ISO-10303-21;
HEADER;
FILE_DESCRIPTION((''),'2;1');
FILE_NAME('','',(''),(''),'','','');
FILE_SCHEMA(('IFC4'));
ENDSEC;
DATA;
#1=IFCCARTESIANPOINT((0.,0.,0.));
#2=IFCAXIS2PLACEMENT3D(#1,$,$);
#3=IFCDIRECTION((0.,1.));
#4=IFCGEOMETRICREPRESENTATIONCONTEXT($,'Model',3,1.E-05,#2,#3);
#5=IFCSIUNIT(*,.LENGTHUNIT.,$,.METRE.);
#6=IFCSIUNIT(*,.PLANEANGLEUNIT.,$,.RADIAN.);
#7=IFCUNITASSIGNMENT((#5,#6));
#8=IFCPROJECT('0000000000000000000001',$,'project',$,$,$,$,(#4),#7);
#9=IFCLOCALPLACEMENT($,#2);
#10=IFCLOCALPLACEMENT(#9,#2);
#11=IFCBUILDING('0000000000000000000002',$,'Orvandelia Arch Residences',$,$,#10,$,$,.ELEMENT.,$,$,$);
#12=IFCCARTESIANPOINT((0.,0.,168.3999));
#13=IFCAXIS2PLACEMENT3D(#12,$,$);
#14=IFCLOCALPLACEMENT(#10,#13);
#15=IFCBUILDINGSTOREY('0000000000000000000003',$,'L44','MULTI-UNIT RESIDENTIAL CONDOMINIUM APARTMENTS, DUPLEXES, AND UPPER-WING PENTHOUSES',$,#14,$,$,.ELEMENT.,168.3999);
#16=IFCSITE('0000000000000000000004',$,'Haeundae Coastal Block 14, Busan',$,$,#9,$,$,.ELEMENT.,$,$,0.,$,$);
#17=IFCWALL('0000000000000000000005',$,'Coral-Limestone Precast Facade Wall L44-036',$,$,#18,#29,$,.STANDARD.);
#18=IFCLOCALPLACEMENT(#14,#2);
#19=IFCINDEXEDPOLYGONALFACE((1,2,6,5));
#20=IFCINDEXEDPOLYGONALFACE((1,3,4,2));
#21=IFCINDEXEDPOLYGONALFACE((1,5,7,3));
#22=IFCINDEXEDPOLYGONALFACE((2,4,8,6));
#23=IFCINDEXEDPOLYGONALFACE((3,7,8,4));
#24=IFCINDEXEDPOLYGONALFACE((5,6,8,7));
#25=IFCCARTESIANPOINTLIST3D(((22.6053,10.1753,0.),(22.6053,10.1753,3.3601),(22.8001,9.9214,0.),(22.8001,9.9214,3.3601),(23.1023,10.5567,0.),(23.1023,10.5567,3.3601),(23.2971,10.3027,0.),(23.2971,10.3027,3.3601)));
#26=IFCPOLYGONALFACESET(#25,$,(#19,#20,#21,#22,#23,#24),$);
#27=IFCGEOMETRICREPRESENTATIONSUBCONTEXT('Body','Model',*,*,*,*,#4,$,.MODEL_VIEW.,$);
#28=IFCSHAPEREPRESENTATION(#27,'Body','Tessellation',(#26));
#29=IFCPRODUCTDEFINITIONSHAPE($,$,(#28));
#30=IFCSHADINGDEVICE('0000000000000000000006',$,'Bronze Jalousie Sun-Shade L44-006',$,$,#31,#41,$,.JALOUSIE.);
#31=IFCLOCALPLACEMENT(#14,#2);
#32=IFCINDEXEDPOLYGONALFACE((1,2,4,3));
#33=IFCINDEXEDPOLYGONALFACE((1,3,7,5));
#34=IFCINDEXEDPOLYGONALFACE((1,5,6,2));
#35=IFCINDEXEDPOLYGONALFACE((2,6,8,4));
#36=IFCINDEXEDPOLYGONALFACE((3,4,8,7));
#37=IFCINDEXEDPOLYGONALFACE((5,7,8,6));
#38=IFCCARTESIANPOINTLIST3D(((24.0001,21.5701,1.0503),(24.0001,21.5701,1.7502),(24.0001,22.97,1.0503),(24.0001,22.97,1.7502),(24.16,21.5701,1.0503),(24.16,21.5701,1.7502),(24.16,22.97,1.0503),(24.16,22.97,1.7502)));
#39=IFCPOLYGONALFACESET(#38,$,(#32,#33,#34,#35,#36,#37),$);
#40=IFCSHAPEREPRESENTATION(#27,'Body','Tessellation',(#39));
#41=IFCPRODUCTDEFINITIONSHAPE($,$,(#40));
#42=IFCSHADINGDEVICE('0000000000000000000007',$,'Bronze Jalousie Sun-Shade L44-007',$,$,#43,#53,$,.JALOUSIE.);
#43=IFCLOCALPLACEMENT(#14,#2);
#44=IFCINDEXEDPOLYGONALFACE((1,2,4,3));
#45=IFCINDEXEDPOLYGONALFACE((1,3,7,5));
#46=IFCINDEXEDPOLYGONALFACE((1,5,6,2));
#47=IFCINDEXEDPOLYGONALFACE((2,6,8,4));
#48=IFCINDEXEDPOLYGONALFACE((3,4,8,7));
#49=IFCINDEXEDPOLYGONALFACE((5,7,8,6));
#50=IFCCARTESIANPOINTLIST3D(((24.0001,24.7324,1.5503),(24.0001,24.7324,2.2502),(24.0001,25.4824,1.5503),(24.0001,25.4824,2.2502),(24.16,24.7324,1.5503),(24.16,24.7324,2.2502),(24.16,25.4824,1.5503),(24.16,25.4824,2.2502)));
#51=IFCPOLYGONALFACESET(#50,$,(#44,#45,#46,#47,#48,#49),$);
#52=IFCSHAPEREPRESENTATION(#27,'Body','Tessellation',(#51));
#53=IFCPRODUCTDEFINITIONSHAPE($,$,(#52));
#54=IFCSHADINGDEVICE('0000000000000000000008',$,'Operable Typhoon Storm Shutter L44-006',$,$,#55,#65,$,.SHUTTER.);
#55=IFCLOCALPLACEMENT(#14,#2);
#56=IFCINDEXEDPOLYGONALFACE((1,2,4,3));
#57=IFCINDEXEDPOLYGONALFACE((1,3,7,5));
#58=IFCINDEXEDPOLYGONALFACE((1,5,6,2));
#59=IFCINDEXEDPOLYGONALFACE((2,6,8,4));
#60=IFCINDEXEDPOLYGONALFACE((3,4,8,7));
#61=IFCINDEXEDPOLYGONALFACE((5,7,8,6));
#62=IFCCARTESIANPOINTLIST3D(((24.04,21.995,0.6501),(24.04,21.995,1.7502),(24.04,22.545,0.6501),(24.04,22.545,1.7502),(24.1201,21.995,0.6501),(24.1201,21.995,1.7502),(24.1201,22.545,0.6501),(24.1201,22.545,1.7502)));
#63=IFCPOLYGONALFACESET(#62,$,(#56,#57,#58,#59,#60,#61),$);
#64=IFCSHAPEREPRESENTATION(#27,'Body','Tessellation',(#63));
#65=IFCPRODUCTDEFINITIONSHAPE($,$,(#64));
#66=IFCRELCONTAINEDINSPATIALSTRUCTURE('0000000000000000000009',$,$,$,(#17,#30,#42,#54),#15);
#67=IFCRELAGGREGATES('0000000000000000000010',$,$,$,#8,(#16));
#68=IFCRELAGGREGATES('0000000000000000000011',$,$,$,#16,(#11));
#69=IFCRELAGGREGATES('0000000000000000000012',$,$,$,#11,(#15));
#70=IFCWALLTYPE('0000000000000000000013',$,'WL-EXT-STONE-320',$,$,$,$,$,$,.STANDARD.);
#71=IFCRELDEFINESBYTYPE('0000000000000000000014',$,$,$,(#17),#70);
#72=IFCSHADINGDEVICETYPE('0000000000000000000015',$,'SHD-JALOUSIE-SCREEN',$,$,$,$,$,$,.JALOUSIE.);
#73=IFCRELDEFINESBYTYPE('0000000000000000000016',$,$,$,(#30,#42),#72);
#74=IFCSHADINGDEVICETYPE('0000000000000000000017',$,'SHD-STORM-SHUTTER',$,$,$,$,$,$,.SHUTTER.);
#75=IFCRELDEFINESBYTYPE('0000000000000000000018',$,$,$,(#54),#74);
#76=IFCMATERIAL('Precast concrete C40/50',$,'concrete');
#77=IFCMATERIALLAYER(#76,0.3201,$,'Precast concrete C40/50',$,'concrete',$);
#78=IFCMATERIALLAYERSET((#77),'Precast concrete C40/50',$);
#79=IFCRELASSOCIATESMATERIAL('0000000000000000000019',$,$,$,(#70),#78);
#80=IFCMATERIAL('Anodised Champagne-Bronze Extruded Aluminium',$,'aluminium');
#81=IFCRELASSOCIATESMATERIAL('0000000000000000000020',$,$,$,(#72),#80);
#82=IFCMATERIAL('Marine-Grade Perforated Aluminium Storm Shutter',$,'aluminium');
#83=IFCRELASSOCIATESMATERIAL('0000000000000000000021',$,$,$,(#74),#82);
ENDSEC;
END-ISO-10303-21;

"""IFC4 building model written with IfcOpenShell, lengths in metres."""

from ifc_helpers import new_model, si_unit, direction, frame, frame_2d, origin, origin_2d, place, context, subcontext, project, spatial, rectangle, extrude, material, layer, layer_set, type_object, element, save


model = new_model("IFC4")

# Units and contexts
model_context = context("Model", 3, precision=1e-05, world=origin(), true_north=direction((0.0, 1.0)))
body_context = subcontext(model_context, "Body", "Model", "MODEL_VIEW")
ifc_project = project(units=[si_unit("LENGTHUNIT", "METRE"), si_unit("PLANEANGLEUNIT", "RADIAN")], contexts=[model_context])

# Site, building, storey
site_placement = place(None, origin())
site = spatial("IfcSite", under=ifc_project, at=site_placement, Name="Haeundae Coastal Block 14, Busan", CompositionType="ELEMENT", RefElevation=0.0)
building_placement = place(site_placement, origin())
building = spatial("IfcBuilding", under=site, at=building_placement, Name="Orvandelia Arch Residences", CompositionType="ELEMENT")
storey_placement = place(building_placement, frame((0.0, 0.0, 168.3999)))
storey = spatial("IfcBuildingStorey", under=building, at=storey_placement, Name="L44", Description="MULTI-UNIT RESIDENTIAL CONDOMINIUM APARTMENTS, DUPLEXES, AND UPPER-WING PENTHOUSES", CompositionType="ELEMENT", Elevation=168.3999)

# Shared definitions
ifc_material_1 = material(Name="Precast concrete C40/50", Category="concrete")
ifc_layer = layer(ifc_material_1, 0.3201, Name="Precast concrete C40/50", Category="concrete")
ifc_layer_set = layer_set([ifc_layer], Name="Precast concrete C40/50")
wall_type = type_object("IfcWallType", Name="WL-EXT-STONE-320", PredefinedType="STANDARD", material=ifc_layer_set)

# Wall
for number, where, z_axis, x_axis, name in (
    (1, (23.1997, 10.4297, 0.0), (0.0, 0.0, 1.0), (-0.793406, -0.608693, 0.0), "Coral-Limestone Precast Facade Wall L44-036"),
):
    element("IfcWall", number, at=place(storey_placement, frame(where, z_axis=z_axis, x_axis=x_axis)), inside=storey, type_object=wall_type, Name=name, PredefinedType="STANDARD", context=body_context, shape_type="SweptSolid", body=[
        extrude(rectangle(XDim=0.6265, YDim=0.3201, at=frame_2d((0.3132, 0.0))), origin(), (0.0, 0.0, 1.0), 3.3601),
    ])

# Shading devices
ifc_material_2 = material(Name="Anodised Champagne-Bronze Extruded Aluminium", Category="aluminium")
shading_device_type_1 = type_object("IfcShadingDeviceType", Name="SHD-JALOUSIE-SCREEN", PredefinedType="JALOUSIE", material=ifc_material_2)
shading_device_1_placement = place(storey_placement, frame((24.0801, 22.27, 1.0503), z_axis=(0.0, 0.0, 1.0), x_axis=(0.0, -1.0, 0.0)))
element("IfcShadingDevice", 2, at=shading_device_1_placement, inside=storey, type_object=shading_device_type_1, Name="Bronze Jalousie Sun-Shade L44-006", PredefinedType="JALOUSIE", context=body_context, shape_type="SweptSolid", body=[
    extrude(rectangle(XDim=1.3999, YDim=0.1599, at=origin_2d()), origin(), (0.0, 0.0, 1.0), 0.7),
])
shading_device_2_placement = place(storey_placement, frame((24.0801, 25.1074, 1.5503), z_axis=(0.0, 0.0, 1.0), x_axis=(0.0, -1.0, 0.0)))
element("IfcShadingDevice", 3, at=shading_device_2_placement, inside=storey, type_object=shading_device_type_1, Name="Bronze Jalousie Sun-Shade L44-007", PredefinedType="JALOUSIE", context=body_context, shape_type="SweptSolid", body=[
    extrude(rectangle(XDim=0.75, YDim=0.1599, at=origin_2d()), origin(), (0.0, 0.0, 1.0), 0.7),
])
ifc_material_3 = material(Name="Marine-Grade Perforated Aluminium Storm Shutter", Category="aluminium")
shading_device_type_2 = type_object("IfcShadingDeviceType", Name="SHD-STORM-SHUTTER", PredefinedType="SHUTTER", material=ifc_material_3)
shading_device_3_placement = place(storey_placement, frame((24.0801, 22.27, 0.6501), z_axis=(0.0, 0.0, 1.0), x_axis=(0.0, -1.0, 0.0)))
element("IfcShadingDevice", 4, at=shading_device_3_placement, inside=storey, type_object=shading_device_type_2, Name="Operable Typhoon Storm Shutter L44-006", PredefinedType="SHUTTER", context=body_context, shape_type="SweptSolid", body=[
    extrude(rectangle(XDim=0.55, YDim=0.0801, at=origin_2d()), origin(), (0.0, 0.0, 1.0), 1.1001),
])

save(model, "model.ifc")
